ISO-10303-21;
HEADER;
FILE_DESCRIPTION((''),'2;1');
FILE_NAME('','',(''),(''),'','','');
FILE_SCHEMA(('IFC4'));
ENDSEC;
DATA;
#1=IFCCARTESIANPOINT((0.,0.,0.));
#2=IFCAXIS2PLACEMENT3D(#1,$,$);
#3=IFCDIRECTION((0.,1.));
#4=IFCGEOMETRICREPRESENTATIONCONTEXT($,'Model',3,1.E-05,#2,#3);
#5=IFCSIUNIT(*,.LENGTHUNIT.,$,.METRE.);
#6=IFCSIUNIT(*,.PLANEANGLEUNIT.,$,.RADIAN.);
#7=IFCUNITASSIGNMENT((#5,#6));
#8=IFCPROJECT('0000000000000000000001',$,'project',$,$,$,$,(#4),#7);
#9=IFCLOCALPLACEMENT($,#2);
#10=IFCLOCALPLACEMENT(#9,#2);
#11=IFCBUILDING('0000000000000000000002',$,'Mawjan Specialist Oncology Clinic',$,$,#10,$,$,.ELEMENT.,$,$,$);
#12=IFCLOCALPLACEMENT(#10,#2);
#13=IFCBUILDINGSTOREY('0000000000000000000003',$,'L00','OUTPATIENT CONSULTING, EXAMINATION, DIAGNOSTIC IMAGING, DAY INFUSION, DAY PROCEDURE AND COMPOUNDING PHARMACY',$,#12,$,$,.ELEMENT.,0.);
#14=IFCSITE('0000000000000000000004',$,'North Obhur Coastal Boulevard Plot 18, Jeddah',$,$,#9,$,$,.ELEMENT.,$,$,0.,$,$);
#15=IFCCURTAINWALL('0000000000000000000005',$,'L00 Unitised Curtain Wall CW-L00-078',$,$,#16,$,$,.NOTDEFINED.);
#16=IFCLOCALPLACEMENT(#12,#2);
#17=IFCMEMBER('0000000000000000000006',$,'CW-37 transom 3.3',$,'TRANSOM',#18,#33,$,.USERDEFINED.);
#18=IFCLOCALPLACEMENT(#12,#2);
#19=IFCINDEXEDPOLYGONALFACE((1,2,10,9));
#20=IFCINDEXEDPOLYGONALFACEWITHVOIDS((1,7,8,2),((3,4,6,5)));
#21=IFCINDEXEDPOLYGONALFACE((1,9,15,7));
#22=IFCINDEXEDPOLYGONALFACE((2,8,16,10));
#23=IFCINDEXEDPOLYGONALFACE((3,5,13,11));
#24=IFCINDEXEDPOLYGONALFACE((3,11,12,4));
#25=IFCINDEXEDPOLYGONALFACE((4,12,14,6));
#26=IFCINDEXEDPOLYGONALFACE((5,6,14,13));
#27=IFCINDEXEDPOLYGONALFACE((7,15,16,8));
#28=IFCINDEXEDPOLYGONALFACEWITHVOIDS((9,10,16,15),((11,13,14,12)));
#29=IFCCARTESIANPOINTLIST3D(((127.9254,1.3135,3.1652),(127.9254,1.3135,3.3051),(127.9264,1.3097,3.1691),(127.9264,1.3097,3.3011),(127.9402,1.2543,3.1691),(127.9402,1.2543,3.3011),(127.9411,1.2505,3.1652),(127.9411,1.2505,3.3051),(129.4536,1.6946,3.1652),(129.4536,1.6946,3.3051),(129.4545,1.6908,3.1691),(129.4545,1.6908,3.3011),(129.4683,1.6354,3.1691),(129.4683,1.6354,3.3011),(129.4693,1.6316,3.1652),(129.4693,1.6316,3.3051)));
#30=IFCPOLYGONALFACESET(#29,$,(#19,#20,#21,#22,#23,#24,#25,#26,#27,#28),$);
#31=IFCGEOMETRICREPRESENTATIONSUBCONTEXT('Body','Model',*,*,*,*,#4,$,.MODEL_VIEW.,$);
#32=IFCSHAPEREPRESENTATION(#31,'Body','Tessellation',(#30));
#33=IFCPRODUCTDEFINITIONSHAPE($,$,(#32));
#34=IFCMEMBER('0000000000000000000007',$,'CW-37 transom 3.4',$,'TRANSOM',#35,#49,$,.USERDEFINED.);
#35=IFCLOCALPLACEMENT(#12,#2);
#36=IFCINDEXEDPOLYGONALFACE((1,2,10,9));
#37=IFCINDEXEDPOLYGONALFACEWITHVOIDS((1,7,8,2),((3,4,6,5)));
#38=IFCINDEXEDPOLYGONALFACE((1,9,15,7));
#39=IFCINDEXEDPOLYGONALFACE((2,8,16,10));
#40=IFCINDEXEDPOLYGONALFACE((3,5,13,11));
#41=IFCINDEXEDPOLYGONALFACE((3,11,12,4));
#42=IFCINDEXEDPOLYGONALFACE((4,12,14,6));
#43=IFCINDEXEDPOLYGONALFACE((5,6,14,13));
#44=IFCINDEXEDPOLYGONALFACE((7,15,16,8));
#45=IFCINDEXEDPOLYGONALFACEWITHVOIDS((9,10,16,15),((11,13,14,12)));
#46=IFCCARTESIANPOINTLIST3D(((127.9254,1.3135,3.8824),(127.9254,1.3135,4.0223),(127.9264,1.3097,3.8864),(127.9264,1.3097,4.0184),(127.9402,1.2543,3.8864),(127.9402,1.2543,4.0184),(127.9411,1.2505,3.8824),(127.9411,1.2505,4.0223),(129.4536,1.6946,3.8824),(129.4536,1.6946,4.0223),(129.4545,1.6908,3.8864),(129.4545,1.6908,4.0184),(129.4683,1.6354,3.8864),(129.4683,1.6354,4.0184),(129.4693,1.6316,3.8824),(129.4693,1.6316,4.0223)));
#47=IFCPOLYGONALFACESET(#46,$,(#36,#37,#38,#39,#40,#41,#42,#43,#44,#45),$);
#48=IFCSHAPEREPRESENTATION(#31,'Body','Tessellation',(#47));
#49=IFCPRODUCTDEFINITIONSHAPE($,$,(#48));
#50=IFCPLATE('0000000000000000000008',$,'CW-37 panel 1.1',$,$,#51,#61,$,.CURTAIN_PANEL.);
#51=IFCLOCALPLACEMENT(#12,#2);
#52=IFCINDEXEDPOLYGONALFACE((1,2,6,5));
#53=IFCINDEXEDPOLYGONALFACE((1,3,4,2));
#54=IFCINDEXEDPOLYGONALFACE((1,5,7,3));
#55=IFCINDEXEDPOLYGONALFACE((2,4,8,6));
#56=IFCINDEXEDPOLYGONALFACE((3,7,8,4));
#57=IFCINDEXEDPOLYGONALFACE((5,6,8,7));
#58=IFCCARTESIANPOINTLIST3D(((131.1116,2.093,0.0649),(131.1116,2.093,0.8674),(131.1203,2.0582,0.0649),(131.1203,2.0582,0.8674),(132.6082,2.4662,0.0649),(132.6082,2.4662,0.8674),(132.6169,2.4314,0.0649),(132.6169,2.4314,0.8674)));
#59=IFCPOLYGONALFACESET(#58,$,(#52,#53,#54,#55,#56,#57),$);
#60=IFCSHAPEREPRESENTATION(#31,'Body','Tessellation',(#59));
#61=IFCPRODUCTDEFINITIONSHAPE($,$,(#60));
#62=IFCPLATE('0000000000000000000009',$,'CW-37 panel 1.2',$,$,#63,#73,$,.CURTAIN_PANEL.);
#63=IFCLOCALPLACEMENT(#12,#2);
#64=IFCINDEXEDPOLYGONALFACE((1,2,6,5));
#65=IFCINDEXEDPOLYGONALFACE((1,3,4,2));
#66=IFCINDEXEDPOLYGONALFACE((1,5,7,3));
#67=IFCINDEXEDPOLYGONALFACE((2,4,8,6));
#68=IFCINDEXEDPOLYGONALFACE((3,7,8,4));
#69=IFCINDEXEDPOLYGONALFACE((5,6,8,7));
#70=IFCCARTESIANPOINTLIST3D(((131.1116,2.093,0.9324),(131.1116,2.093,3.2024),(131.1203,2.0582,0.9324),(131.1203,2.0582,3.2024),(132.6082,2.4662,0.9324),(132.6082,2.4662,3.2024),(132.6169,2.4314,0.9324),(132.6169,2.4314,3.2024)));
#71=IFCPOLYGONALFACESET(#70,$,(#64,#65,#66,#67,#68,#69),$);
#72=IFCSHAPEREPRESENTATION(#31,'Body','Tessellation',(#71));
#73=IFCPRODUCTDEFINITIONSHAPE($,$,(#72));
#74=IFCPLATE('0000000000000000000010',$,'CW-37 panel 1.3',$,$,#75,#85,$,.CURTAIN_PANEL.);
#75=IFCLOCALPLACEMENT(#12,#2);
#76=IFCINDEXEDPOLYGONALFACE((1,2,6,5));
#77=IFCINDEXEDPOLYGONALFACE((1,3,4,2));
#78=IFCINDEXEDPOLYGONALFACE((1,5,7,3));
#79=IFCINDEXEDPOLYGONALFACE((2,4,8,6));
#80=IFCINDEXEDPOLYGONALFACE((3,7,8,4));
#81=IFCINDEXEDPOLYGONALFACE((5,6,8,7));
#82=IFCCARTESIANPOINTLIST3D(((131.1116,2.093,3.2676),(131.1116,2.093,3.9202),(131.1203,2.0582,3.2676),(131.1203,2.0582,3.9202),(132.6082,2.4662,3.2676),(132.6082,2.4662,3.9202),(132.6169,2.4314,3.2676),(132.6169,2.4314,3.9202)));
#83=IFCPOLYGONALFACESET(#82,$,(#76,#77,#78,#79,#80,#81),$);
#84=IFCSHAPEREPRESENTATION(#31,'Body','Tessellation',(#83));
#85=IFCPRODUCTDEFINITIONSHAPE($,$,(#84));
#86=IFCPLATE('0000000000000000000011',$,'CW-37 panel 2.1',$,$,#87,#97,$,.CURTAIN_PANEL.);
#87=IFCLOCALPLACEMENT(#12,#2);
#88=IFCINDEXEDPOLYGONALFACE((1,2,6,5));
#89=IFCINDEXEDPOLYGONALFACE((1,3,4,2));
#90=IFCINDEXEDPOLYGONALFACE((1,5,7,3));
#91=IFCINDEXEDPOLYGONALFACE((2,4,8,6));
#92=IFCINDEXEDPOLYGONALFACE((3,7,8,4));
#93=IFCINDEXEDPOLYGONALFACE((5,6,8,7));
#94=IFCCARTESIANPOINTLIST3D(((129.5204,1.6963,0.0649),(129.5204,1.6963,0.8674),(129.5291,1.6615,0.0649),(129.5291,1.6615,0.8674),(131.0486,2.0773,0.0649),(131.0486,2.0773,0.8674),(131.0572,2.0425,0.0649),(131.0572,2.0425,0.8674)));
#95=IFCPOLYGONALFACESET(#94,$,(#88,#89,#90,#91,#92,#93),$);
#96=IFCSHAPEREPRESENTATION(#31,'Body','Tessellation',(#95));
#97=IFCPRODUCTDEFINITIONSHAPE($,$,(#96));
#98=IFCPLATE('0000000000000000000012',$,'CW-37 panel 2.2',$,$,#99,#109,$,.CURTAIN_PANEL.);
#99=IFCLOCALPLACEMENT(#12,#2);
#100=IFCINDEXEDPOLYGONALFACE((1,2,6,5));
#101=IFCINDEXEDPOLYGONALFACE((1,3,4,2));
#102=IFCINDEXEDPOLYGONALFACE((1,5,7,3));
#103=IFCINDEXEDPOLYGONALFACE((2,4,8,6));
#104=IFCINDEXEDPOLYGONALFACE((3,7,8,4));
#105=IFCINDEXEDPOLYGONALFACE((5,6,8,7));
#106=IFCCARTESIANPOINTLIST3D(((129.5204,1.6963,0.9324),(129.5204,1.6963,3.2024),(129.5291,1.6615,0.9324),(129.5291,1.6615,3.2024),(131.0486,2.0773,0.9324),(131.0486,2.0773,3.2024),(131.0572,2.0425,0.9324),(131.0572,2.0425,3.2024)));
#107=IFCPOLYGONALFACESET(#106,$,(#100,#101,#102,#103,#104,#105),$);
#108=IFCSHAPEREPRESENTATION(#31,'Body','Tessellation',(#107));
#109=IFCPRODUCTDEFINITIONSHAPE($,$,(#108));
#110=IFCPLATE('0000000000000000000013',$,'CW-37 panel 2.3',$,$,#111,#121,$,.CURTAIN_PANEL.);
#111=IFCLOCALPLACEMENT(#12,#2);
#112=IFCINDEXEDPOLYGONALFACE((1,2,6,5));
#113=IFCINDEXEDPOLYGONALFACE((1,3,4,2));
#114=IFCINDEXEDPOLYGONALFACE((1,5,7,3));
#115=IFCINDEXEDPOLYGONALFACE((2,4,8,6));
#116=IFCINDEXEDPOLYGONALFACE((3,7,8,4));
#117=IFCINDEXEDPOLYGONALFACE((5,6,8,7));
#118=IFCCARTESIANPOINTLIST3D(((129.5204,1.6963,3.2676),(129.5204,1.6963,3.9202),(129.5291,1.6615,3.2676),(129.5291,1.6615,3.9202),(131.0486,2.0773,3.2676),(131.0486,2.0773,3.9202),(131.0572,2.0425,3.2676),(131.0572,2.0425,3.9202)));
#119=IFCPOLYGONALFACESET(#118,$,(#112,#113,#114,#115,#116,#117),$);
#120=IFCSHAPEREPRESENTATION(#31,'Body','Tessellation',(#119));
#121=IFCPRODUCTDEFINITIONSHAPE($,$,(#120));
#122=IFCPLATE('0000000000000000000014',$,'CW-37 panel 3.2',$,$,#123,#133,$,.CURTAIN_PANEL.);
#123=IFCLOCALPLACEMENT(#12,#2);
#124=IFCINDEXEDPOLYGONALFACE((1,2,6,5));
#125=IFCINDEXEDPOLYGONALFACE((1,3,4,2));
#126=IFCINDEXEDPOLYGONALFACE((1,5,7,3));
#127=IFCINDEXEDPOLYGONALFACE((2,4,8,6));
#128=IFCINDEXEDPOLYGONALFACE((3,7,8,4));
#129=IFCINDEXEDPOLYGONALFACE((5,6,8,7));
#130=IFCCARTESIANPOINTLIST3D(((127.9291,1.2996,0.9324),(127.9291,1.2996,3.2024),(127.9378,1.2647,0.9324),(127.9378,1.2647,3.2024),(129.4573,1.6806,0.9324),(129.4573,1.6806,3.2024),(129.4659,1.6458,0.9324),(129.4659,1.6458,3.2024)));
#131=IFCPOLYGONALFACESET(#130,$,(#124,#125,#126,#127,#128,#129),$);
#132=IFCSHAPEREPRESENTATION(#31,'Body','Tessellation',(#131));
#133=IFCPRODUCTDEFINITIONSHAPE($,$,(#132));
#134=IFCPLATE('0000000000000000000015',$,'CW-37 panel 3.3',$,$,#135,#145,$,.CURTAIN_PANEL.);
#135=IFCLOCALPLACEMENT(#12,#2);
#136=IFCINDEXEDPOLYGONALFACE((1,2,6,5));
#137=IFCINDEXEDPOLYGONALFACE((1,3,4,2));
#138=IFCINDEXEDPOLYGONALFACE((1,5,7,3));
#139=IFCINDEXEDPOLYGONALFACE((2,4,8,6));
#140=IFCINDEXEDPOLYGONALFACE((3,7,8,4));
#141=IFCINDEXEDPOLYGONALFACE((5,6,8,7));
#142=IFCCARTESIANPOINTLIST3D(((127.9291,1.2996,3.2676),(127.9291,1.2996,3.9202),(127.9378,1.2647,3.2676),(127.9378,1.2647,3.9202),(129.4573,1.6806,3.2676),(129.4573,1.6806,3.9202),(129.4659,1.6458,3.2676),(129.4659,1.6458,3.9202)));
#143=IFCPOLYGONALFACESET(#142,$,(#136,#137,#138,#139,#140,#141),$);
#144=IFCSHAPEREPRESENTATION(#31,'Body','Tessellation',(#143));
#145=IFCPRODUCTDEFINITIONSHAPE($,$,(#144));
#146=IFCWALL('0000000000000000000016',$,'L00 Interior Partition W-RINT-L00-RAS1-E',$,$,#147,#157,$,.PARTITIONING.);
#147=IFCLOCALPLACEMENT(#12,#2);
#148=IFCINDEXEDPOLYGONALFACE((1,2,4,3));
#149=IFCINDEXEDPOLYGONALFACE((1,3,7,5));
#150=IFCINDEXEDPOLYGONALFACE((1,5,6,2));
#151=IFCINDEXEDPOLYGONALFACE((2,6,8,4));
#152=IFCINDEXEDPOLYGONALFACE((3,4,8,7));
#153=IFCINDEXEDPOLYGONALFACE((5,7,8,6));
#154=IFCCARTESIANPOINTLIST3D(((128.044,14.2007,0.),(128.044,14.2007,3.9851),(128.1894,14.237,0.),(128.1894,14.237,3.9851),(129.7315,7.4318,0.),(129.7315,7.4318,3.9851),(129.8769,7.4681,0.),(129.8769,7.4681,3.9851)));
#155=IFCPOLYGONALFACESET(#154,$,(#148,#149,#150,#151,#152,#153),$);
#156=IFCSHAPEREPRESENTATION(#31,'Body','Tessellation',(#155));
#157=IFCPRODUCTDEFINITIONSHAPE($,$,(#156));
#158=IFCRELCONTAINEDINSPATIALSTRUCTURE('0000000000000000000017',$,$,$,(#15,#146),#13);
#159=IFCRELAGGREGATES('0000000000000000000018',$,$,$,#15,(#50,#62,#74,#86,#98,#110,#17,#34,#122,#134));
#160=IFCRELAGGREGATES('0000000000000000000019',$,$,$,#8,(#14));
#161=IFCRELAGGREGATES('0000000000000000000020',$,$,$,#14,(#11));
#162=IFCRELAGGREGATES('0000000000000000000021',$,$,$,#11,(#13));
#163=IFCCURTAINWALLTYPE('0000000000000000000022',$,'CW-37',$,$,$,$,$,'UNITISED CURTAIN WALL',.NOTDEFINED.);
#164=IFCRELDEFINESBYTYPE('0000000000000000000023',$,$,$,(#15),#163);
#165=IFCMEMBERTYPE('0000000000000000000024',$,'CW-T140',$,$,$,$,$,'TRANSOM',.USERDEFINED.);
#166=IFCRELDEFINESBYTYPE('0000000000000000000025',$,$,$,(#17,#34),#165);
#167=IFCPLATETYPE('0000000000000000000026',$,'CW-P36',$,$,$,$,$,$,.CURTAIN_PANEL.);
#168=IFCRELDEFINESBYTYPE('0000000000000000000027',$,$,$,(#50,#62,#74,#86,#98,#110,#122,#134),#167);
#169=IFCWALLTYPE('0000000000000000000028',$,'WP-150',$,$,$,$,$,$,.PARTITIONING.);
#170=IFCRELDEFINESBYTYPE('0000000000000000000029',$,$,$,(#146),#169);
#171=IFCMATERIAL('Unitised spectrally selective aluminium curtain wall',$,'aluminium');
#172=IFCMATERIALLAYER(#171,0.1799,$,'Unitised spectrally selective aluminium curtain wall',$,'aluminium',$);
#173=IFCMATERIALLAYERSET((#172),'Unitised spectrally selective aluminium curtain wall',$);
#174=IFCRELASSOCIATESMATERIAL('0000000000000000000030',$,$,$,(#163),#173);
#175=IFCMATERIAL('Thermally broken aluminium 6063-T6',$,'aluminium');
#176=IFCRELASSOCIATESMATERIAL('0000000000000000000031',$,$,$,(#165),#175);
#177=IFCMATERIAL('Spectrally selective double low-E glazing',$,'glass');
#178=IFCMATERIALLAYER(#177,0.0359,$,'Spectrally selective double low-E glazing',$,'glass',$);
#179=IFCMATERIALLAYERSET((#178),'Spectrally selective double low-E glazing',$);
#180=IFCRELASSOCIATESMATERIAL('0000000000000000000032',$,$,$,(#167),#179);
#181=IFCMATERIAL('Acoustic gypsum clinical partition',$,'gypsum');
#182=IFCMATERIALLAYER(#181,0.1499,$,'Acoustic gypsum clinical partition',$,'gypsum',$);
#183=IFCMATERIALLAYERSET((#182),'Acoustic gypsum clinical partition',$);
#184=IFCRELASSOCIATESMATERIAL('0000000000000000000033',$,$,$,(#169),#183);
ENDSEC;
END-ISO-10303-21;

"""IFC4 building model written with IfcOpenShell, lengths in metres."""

from ifc_helpers import new_model, si_unit, direction, frame, frame_2d, origin, origin_2d, place, context, subcontext, project, spatial, rectangle, hollow_rectangle, extrude, material, layer, layer_set, material_profile, profile_set, type_object, element, aggregate, save


model = new_model("IFC4")

# Units and contexts
model_context = context("Model", 3, precision=1e-05, world=origin(), true_north=direction((0.0, 1.0)))
body_context = subcontext(model_context, "Body", "Model", "MODEL_VIEW")
ifc_project = project(units=[si_unit("LENGTHUNIT", "METRE"), si_unit("PLANEANGLEUNIT", "RADIAN")], contexts=[model_context])

# Site, building, storey
site_placement = place(None, origin())
site = spatial("IfcSite", under=ifc_project, at=site_placement, Name="North Obhur Coastal Boulevard Plot 18, Jeddah", CompositionType="ELEMENT", RefElevation=0.0)
building_placement = place(site_placement, origin())
building = spatial("IfcBuilding", under=site, at=building_placement, Name="Mawjan Specialist Oncology Clinic", CompositionType="ELEMENT")
storey_placement = place(building_placement, origin())
storey = spatial("IfcBuildingStorey", under=building, at=storey_placement, Name="L00", Description="OUTPATIENT CONSULTING, EXAMINATION, DIAGNOSTIC IMAGING, DAY INFUSION, DAY PROCEDURE AND COMPOUNDING PHARMACY", CompositionType="ELEMENT", Elevation=0.0)

# Curtain wall, members, plates
ifc_material_1 = material(Name="Unitised spectrally selective aluminium curtain wall", Category="aluminium")
ifc_layer_1 = layer(ifc_material_1, 0.1799, Name="Unitised spectrally selective aluminium curtain wall", Category="aluminium")
ifc_layer_set_1 = layer_set([ifc_layer_1], Name="Unitised spectrally selective aluminium curtain wall")
curtain_wall_type = type_object("IfcCurtainWallType", Name="CW-37", ElementType="UNITISED CURTAIN WALL", PredefinedType="NOTDEFINED", material=ifc_layer_set_1)
curtain_wall_placement = place(storey_placement, origin())
curtain_wall = element("IfcCurtainWall", 1, at=curtain_wall_placement, inside=storey, type_object=curtain_wall_type, Name="L00 Unitised Curtain Wall CW-L00-078", PredefinedType="NOTDEFINED")
ifc_material_2 = material(Name="Thermally broken aluminium 6063-T6", Category="aluminium")
ifc_material_profile_1 = material_profile(ifc_material_2, hollow_rectangle(XDim=0.0649, YDim=0.1399, WallThickness=0.0039, at=origin_2d()), Name="ALU TRANSOM 140x65x4", Category="aluminium")
ifc_profile_set_1 = profile_set([ifc_material_profile_1], Name="Thermally broken aluminium 6063-T6")
member_type_1 = type_object("IfcMemberType", Name="CW-T140", ElementType="TRANSOM", PredefinedType="USERDEFINED", material=ifc_profile_set_1)
member_1_placement = place(storey_placement, frame((129.4614, 1.6631, 3.2351), z_axis=(-0.970279, -0.241988, 0.0), x_axis=(0.241988, -0.970279, 0.0)))
member_1 = element("IfcMember", 2, at=member_1_placement, type_object=member_type_1, Name="CW-37 transom 3.3", ObjectType="TRANSOM", PredefinedType="USERDEFINED", context=body_context, shape_type="SweptSolid", body=[
    extrude(hollow_rectangle(XDim=0.0649, YDim=0.1399, WallThickness=0.0039, at=origin_2d()), origin(), (0.0, 0.0, 1.0), 1.575),
])
member_2_placement = place(storey_placement, frame((129.4614, 1.6631, 3.9524), z_axis=(-0.970279, -0.241988, 0.0), x_axis=(0.241988, -0.970279, 0.0)))
member_2 = element("IfcMember", 3, at=member_2_placement, type_object=member_type_1, Name="CW-37 transom 3.4", ObjectType="TRANSOM", PredefinedType="USERDEFINED", context=body_context, shape_type="SweptSolid", body=[
    extrude(hollow_rectangle(XDim=0.0649, YDim=0.1399, WallThickness=0.0039, at=origin_2d()), origin(), (0.0, 0.0, 1.0), 1.575),
])
ifc_material_3 = material(Name="Spectrally selective double low-E glazing", Category="glass")
ifc_layer_2 = layer(ifc_material_3, 0.0359, Name="Spectrally selective double low-E glazing", Category="glass")
ifc_layer_set_2 = layer_set([ifc_layer_2], Name="Spectrally selective double low-E glazing")
plate_type = type_object("IfcPlateType", Name="CW-P36", PredefinedType="CURTAIN_PANEL", material=ifc_layer_set_2)
plate_1_placement = place(storey_placement, frame((131.8643, 2.2622, 0.0649), z_axis=(0.0, 0.0, 1.0), x_axis=(-0.970296, -0.241922, 0.0)))
plate_1 = element("IfcPlate", 4, at=plate_1_placement, type_object=plate_type, Name="CW-37 panel 1.1", PredefinedType="CURTAIN_PANEL", context=body_context, shape_type="SweptSolid", body=[
    extrude(rectangle(XDim=1.5425, YDim=0.0359, at=origin_2d()), origin(), (0.0, 0.0, 1.0), 0.8025),
])
plate_2_placement = place(storey_placement, frame((131.8643, 2.2622, 0.9324), z_axis=(0.0, 0.0, 1.0), x_axis=(-0.970296, -0.241922, 0.0)))
plate_2 = element("IfcPlate", 5, at=plate_2_placement, type_object=plate_type, Name="CW-37 panel 1.2", PredefinedType="CURTAIN_PANEL", context=body_context, shape_type="SweptSolid", body=[
    extrude(rectangle(XDim=1.5425, YDim=0.0359, at=origin_2d()), origin(), (0.0, 0.0, 1.0), 2.27),
])
plate_3_placement = place(storey_placement, frame((131.8643, 2.2622, 3.2676), z_axis=(0.0, 0.0, 1.0), x_axis=(-0.970296, -0.241922, 0.0)))
plate_3 = element("IfcPlate", 6, at=plate_3_placement, type_object=plate_type, Name="CW-37 panel 1.3", PredefinedType="CURTAIN_PANEL", context=body_context, shape_type="SweptSolid", body=[
    extrude(rectangle(XDim=1.5425, YDim=0.0359, at=origin_2d()), origin(), (0.0, 0.0, 1.0), 0.6526),
])
plate_4_placement = place(storey_placement, frame((130.2888, 1.8694, 0.0649), z_axis=(0.0, 0.0, 1.0), x_axis=(-0.970296, -0.241922, 0.0)))
plate_4 = element("IfcPlate", 7, at=plate_4_placement, type_object=plate_type, Name="CW-37 panel 2.1", PredefinedType="CURTAIN_PANEL", context=body_context, shape_type="SweptSolid", body=[
    extrude(rectangle(XDim=1.575, YDim=0.0359, at=origin_2d()), origin(), (0.0, 0.0, 1.0), 0.8025),
])
plate_5_placement = place(storey_placement, frame((130.2888, 1.8694, 0.9324), z_axis=(0.0, 0.0, 1.0), x_axis=(-0.970296, -0.241922, 0.0)))
plate_5 = element("IfcPlate", 8, at=plate_5_placement, type_object=plate_type, Name="CW-37 panel 2.2", PredefinedType="CURTAIN_PANEL", context=body_context, shape_type="SweptSolid", body=[
    extrude(rectangle(XDim=1.575, YDim=0.0359, at=origin_2d()), origin(), (0.0, 0.0, 1.0), 2.27),
])
plate_6_placement = place(storey_placement, frame((130.2888, 1.8694, 3.2676), z_axis=(0.0, 0.0, 1.0), x_axis=(-0.970296, -0.241922, 0.0)))
plate_6 = element("IfcPlate", 9, at=plate_6_placement, type_object=plate_type, Name="CW-37 panel 2.3", PredefinedType="CURTAIN_PANEL", context=body_context, shape_type="SweptSolid", body=[
    extrude(rectangle(XDim=1.575, YDim=0.0359, at=origin_2d()), origin(), (0.0, 0.0, 1.0), 0.6526),
])
plate_7_placement = place(storey_placement, frame((128.6975, 1.4727, 0.9324), z_axis=(0.0, 0.0, 1.0), x_axis=(-0.970296, -0.241922, 0.0)))
plate_7 = element("IfcPlate", 10, at=plate_7_placement, type_object=plate_type, Name="CW-37 panel 3.2", PredefinedType="CURTAIN_PANEL", context=body_context, shape_type="SweptSolid", body=[
    extrude(rectangle(XDim=1.575, YDim=0.0359, at=origin_2d()), origin(), (0.0, 0.0, 1.0), 2.27),
])
plate_8_placement = place(storey_placement, frame((128.6975, 1.4727, 3.2676), z_axis=(0.0, 0.0, 1.0), x_axis=(-0.970296, -0.241922, 0.0)))
plate_8 = element("IfcPlate", 11, at=plate_8_placement, type_object=plate_type, Name="CW-37 panel 3.3", PredefinedType="CURTAIN_PANEL", context=body_context, shape_type="SweptSolid", body=[
    extrude(rectangle(XDim=1.575, YDim=0.0359, at=origin_2d()), origin(), (0.0, 0.0, 1.0), 0.6526),
])
aggregate(curtain_wall, [plate_1, plate_2, plate_3, plate_4, plate_5, plate_6, member_1, member_2, plate_7, plate_8])

# Wall
ifc_material_4 = material(Name="Acoustic gypsum clinical partition", Category="gypsum")
ifc_layer_3 = layer(ifc_material_4, 0.1499, Name="Acoustic gypsum clinical partition", Category="gypsum")
ifc_layer_set_3 = layer_set([ifc_layer_3], Name="Acoustic gypsum clinical partition")
wall_type = type_object("IfcWallType", Name="WP-150", PredefinedType="PARTITIONING", material=ifc_layer_set_3)
wall_placement = place(storey_placement, frame((129.8042, 7.45, 0.0), z_axis=(0.0, 0.0, 1.0), x_axis=(-0.241902, 0.970301, 0.0)))
element("IfcWall", 12, at=wall_placement, inside=storey, type_object=wall_type, Name="L00 Interior Partition W-RINT-L00-RAS1-E", PredefinedType="PARTITIONING", context=body_context, shape_type="SweptSolid", body=[
    extrude(rectangle(XDim=6.9761, YDim=0.1499, at=frame_2d((3.488, 0.0))), origin(), (0.0, 0.0, 1.0), 3.9851),
])

save(model, "model.ifc")
